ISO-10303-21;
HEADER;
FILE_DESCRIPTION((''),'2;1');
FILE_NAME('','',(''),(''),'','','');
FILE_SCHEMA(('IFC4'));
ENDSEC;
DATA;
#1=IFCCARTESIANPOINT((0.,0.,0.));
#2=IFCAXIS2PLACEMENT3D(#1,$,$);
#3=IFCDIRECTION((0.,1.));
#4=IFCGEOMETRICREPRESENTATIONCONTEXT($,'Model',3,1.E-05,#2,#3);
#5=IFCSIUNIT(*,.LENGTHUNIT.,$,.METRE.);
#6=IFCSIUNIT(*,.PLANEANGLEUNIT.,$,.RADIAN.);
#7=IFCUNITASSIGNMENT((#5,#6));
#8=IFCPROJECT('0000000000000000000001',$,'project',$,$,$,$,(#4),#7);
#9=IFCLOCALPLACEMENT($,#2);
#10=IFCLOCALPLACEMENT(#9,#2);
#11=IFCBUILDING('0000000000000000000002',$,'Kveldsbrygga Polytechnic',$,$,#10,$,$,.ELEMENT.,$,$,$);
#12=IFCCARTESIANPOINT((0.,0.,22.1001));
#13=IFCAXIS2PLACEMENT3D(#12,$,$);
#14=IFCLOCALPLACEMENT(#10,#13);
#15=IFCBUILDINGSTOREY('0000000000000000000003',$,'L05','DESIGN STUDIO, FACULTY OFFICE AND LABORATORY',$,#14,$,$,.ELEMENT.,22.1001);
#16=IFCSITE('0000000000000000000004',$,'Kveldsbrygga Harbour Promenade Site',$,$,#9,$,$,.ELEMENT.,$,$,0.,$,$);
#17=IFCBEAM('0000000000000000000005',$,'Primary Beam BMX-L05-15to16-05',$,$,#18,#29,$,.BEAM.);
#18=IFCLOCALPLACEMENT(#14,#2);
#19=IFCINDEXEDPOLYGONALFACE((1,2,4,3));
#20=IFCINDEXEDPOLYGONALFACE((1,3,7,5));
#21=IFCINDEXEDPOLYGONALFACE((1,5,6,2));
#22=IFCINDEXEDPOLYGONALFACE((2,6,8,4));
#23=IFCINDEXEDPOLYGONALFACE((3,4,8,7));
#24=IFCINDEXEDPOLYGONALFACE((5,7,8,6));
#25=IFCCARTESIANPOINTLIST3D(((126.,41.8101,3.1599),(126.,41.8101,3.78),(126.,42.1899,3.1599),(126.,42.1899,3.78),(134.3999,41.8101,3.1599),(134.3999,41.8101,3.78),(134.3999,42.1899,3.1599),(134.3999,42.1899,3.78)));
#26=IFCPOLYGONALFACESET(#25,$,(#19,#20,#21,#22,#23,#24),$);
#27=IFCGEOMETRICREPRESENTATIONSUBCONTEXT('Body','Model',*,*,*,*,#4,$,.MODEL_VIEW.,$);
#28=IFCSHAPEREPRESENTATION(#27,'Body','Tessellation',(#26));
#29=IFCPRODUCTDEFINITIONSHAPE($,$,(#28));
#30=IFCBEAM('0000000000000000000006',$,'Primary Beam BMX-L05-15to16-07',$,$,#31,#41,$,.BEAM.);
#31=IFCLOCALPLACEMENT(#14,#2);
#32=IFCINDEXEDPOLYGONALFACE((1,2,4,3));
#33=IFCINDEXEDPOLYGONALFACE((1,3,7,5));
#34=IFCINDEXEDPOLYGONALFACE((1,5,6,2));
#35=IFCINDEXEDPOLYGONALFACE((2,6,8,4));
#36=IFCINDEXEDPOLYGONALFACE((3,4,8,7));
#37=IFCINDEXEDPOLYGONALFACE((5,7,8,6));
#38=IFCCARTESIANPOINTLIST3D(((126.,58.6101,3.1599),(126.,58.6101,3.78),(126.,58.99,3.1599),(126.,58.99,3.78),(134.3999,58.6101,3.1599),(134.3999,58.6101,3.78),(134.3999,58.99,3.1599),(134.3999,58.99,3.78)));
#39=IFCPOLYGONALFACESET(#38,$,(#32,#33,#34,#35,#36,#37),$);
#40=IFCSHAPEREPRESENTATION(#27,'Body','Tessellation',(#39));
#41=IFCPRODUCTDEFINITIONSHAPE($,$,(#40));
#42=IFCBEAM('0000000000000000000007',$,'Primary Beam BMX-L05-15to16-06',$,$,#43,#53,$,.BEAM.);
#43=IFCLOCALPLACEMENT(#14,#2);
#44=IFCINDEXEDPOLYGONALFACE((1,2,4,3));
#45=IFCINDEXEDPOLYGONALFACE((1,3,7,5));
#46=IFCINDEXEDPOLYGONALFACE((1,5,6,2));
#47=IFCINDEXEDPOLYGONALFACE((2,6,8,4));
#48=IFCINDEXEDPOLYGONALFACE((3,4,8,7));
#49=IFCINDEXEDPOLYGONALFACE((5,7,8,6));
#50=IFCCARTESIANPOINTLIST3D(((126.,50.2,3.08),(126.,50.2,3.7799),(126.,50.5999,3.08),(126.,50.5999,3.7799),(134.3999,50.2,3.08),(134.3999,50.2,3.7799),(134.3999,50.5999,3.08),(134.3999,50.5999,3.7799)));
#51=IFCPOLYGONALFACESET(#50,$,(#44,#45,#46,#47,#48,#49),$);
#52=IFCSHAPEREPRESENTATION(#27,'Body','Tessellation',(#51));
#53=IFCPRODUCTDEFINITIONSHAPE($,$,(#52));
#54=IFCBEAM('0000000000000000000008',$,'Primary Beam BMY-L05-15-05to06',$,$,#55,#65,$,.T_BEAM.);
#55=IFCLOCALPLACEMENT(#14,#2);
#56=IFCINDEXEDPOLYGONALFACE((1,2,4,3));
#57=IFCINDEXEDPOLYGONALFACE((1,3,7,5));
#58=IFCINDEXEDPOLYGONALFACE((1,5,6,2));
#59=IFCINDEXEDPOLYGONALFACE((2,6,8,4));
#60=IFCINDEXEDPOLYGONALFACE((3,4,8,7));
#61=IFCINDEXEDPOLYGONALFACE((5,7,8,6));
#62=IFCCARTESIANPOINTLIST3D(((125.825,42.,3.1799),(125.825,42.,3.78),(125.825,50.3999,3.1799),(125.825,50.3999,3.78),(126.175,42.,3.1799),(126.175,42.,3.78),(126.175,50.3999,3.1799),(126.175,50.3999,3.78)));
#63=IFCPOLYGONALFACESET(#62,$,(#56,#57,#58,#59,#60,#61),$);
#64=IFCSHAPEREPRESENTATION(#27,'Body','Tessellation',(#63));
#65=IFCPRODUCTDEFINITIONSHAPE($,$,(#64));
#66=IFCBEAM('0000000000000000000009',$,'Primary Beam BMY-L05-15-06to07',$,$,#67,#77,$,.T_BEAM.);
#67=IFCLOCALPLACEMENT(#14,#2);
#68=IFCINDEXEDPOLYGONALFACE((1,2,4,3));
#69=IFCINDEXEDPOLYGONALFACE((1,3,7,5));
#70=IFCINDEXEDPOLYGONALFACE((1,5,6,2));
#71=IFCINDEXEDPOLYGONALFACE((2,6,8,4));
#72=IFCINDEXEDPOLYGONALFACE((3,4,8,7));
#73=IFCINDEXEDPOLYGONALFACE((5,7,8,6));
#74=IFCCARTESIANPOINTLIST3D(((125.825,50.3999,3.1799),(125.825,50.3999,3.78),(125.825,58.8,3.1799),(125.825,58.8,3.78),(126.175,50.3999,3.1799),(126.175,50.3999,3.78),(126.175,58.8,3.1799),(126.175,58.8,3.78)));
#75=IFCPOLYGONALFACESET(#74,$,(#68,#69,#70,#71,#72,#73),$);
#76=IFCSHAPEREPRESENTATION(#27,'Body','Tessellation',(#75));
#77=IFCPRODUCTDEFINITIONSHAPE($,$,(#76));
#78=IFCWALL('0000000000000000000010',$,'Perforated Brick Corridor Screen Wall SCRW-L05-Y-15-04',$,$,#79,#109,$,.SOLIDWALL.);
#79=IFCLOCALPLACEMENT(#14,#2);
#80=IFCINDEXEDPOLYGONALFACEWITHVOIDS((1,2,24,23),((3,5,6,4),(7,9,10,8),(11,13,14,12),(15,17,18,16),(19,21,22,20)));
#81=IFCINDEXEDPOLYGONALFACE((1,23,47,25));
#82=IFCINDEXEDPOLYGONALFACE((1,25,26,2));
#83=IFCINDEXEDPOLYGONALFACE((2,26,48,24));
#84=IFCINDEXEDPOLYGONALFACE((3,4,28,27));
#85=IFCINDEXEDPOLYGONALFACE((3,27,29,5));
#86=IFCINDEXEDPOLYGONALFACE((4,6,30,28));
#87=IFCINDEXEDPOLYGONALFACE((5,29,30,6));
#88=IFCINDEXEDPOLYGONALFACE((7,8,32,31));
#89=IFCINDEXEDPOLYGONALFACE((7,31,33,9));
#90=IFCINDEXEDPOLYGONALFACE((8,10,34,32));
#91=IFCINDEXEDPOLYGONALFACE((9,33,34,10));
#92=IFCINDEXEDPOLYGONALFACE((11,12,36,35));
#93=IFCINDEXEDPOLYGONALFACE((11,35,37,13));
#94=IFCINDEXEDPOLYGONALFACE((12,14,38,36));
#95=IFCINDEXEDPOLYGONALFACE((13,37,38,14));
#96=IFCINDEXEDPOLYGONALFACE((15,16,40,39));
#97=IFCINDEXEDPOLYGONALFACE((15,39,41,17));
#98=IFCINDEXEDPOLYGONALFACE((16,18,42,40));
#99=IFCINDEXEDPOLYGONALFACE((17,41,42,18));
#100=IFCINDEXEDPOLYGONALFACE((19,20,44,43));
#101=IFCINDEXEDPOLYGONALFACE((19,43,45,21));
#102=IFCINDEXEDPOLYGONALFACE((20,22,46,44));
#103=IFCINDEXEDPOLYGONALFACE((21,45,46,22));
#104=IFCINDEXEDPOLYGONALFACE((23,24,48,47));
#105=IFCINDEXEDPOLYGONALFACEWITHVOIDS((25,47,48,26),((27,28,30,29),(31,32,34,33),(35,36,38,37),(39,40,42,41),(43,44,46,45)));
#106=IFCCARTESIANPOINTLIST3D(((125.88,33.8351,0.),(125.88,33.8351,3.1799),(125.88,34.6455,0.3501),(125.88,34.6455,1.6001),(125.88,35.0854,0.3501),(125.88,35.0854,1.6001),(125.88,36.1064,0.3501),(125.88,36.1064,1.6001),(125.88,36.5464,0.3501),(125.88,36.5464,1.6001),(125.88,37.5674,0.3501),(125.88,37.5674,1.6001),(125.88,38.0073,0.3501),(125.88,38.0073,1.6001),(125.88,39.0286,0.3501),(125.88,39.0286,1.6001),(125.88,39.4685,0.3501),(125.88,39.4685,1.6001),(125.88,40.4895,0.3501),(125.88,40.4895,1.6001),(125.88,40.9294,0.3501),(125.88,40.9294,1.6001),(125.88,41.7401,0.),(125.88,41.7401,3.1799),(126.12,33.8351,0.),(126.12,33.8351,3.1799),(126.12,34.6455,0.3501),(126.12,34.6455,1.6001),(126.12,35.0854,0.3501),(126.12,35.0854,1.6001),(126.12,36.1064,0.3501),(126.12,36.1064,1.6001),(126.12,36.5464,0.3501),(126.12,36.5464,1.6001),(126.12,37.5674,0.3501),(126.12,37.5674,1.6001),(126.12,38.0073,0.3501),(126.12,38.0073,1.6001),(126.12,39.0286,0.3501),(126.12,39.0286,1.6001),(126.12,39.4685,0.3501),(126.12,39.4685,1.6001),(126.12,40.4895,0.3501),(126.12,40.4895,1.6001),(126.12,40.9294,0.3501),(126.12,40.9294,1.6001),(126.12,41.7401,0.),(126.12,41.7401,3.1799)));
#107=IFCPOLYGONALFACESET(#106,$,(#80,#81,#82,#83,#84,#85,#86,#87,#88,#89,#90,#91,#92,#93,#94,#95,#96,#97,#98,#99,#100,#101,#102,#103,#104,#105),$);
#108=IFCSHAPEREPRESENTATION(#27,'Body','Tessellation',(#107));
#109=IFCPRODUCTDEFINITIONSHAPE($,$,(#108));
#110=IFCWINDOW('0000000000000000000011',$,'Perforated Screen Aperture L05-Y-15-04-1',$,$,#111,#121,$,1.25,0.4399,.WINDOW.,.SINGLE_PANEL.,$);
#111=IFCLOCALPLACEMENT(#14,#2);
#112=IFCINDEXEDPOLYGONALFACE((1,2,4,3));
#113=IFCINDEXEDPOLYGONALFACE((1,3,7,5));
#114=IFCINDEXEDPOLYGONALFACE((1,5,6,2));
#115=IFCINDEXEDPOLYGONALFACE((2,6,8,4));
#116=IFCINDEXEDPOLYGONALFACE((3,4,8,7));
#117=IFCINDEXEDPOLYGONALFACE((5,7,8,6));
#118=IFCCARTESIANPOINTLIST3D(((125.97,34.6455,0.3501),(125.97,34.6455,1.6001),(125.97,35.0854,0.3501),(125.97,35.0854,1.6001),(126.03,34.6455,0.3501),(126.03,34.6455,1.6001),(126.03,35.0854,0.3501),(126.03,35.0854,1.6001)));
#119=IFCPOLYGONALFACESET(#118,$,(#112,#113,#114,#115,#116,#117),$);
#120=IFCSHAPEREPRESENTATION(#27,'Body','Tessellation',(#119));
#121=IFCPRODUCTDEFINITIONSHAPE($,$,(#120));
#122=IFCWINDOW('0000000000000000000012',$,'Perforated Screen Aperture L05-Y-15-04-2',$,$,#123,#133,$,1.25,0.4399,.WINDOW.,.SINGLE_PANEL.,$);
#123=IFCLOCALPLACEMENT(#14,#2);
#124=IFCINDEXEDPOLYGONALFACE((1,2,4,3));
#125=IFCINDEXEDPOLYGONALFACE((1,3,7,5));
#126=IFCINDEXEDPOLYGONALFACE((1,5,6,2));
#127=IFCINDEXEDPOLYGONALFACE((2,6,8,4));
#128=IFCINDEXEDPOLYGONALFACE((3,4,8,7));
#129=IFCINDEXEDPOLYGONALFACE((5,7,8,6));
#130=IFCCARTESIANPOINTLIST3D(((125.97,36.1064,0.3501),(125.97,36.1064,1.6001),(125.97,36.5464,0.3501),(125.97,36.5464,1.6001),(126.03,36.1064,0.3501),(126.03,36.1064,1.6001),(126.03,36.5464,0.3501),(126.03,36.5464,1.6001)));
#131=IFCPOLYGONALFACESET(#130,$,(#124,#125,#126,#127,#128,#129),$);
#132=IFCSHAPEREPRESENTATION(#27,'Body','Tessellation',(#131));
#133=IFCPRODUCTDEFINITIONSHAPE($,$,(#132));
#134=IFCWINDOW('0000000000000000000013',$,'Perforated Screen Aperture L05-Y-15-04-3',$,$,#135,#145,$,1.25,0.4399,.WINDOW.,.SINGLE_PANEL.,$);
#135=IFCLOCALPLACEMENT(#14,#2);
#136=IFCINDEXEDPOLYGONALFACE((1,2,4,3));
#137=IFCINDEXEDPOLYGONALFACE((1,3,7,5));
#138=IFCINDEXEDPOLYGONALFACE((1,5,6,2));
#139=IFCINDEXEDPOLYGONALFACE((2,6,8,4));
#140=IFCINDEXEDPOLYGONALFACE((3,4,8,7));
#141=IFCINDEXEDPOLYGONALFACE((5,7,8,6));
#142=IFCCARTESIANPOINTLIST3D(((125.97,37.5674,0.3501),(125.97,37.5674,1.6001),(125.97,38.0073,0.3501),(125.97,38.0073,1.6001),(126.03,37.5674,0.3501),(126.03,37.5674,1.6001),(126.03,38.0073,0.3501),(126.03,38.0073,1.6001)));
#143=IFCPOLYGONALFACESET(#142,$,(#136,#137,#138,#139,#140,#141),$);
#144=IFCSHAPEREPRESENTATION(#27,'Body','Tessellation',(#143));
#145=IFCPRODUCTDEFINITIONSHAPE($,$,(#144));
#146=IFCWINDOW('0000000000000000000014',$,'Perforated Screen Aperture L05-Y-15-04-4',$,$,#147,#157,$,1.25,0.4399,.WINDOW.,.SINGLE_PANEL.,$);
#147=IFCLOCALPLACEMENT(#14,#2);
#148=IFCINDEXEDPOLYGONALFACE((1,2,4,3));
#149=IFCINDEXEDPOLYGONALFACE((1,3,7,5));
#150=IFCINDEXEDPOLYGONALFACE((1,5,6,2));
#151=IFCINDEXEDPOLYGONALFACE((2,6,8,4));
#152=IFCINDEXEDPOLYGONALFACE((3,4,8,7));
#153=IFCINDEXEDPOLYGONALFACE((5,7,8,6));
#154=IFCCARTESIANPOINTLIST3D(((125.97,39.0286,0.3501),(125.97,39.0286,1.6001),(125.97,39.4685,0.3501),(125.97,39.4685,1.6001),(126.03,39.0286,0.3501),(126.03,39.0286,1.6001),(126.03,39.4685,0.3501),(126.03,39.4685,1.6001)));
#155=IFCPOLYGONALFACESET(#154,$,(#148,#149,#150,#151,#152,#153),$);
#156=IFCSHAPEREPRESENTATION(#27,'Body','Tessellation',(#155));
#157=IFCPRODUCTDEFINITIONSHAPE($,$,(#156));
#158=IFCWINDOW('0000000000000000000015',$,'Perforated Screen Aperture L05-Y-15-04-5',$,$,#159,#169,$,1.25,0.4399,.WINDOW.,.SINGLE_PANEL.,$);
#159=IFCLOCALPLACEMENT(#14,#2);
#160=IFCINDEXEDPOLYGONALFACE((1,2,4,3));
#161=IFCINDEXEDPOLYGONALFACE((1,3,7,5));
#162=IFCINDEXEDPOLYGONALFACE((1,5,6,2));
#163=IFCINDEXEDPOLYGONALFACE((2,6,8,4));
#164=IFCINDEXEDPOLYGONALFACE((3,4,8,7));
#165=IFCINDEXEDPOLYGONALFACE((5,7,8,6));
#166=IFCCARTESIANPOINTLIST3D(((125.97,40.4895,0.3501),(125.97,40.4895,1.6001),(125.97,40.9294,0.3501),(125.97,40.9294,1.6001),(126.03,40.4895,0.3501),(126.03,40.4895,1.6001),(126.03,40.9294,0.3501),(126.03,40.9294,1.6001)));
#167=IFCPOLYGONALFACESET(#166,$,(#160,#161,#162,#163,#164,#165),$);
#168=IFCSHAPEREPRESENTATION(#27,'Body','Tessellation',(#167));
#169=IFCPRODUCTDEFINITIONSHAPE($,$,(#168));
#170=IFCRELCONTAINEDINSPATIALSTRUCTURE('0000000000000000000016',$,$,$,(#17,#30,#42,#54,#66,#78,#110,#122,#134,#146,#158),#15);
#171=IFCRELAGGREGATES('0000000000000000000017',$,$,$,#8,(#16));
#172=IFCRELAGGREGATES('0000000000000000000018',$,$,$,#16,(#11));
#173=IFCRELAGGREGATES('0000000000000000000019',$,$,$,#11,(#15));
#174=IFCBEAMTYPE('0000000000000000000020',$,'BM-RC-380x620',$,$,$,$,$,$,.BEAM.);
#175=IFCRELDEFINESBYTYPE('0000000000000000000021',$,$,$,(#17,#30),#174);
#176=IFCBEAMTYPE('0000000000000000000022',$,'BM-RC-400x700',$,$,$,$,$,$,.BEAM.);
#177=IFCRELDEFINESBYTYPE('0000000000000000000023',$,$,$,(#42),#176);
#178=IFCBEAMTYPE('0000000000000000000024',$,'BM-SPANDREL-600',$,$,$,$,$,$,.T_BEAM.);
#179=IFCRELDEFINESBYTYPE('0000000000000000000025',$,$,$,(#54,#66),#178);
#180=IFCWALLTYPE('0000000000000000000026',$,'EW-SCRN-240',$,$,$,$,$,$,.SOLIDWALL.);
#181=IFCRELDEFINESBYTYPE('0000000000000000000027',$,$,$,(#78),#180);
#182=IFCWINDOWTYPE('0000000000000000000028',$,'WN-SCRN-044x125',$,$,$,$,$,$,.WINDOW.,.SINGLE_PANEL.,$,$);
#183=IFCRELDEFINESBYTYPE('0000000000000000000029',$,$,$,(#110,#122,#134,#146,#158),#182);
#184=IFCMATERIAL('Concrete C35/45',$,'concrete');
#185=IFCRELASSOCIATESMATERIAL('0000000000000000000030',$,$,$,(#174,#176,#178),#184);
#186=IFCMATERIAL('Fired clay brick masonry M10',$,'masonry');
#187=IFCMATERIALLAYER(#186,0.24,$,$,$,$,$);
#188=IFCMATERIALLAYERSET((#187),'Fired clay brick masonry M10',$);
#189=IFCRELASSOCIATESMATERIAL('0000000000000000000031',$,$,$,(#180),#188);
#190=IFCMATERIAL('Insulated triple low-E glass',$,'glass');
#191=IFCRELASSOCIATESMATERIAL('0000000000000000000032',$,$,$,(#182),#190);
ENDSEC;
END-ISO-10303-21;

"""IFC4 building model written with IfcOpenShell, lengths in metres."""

from ifc_helpers import new_model, si_unit, direction, frame, frame_2d, origin, origin_2d, place, context, subcontext, project, spatial, rectangle, extrude, material, layer, layer_set, material_profile, profile_set, type_object, element, fill, save


model = new_model("IFC4")

# Units and contexts
model_context = context("Model", 3, precision=1e-05, world=origin(), true_north=direction((0.0, 1.0)))
body_context = subcontext(model_context, "Body", "Model", "MODEL_VIEW")
ifc_project = project(units=[si_unit("LENGTHUNIT", "METRE"), si_unit("PLANEANGLEUNIT", "RADIAN")], contexts=[model_context])

# Site, building, storey
site_placement = place(None, origin())
site = spatial("IfcSite", under=ifc_project, at=site_placement, Name="Kveldsbrygga Harbour Promenade Site", CompositionType="ELEMENT", RefElevation=0.0)
building_placement = place(site_placement, origin())
building = spatial("IfcBuilding", under=site, at=building_placement, Name="Kveldsbrygga Polytechnic", CompositionType="ELEMENT")
storey_placement = place(building_placement, frame((0.0, 0.0, 22.1001)))
storey = spatial("IfcBuildingStorey", under=building, at=storey_placement, Name="L05", Description="DESIGN STUDIO, FACULTY OFFICE AND LABORATORY", CompositionType="ELEMENT", Elevation=22.1001)

# Beams
ifc_material_1 = material(Name="Concrete C35/45", Category="concrete")
ifc_material_profile_1 = material_profile(ifc_material_1, rectangle(XDim=0.3799, YDim=0.6201, at=origin_2d()), Name="RC 380x620")
ifc_profile_set_1 = profile_set([ifc_material_profile_1], Name="Concrete C35/45")
beam_type_1 = type_object("IfcBeamType", Name="BM-RC-380x620", PredefinedType="BEAM", material=ifc_profile_set_1)
for number, where, z_axis, x_axis, name in (
    (1, (126.0, 42.0, 3.47), (1.0, 0.0, 0.0), (0.0, 1.0, 0.0), "Primary Beam BMX-L05-15to16-05"),
    (2, (126.0, 58.8, 3.47), (1.0, 0.0, 0.0), (0.0, 1.0, 0.0), "Primary Beam BMX-L05-15to16-07"),
):
    element("IfcBeam", number, at=place(storey_placement, frame(where, z_axis=z_axis, x_axis=x_axis)), inside=storey, type_object=beam_type_1, Name=name, PredefinedType="BEAM", context=body_context, shape_type="SweptSolid", body=[
        extrude(rectangle(XDim=0.3799, YDim=0.6201, at=origin_2d()), origin(), (0.0, 0.0, 1.0), 8.3999),
    ])
ifc_material_profile_2 = material_profile(ifc_material_1, rectangle(XDim=0.3999, YDim=0.7, at=origin_2d()), Name="RC 400x700")
ifc_profile_set_2 = profile_set([ifc_material_profile_2], Name="Concrete C35/45")
beam_type_2 = type_object("IfcBeamType", Name="BM-RC-400x700", PredefinedType="BEAM", material=ifc_profile_set_2)
beam_1_placement = place(storey_placement, frame((126.0, 50.3999, 3.4299), z_axis=(1.0, 0.0, 0.0), x_axis=(0.0, 1.0, 0.0)))
element("IfcBeam", 3, at=beam_1_placement, inside=storey, type_object=beam_type_2, Name="Primary Beam BMX-L05-15to16-06", PredefinedType="BEAM", context=body_context, shape_type="SweptSolid", body=[
    extrude(rectangle(XDim=0.3999, YDim=0.7, at=origin_2d()), origin(), (0.0, 0.0, 1.0), 8.3999),
])
ifc_material_profile_3 = material_profile(ifc_material_1, rectangle(XDim=0.3501, YDim=0.6001, at=origin_2d()), Name="RC 350x600")
ifc_profile_set_3 = profile_set([ifc_material_profile_3], Name="Concrete C35/45")
beam_type_3 = type_object("IfcBeamType", Name="BM-SPANDREL-600", PredefinedType="T_BEAM", material=ifc_profile_set_3)
beam_2_placement = place(storey_placement, frame((126.0, 42.0, 3.48), z_axis=(0.0, 1.0, 0.0), x_axis=(-1.0, 0.0, 0.0)))
element("IfcBeam", 4, at=beam_2_placement, inside=storey, type_object=beam_type_3, Name="Primary Beam BMY-L05-15-05to06", PredefinedType="T_BEAM", context=body_context, shape_type="SweptSolid", body=[
    extrude(rectangle(XDim=0.3501, YDim=0.6001, at=origin_2d()), origin(), (0.0, 0.0, 1.0), 8.3999),
])
beam_3_placement = place(storey_placement, frame((126.0, 50.3999, 3.48), z_axis=(0.0, 1.0, 0.0), x_axis=(-1.0, 0.0, 0.0)))
element("IfcBeam", 5, at=beam_3_placement, inside=storey, type_object=beam_type_3, Name="Primary Beam BMY-L05-15-06to07", PredefinedType="T_BEAM", context=body_context, shape_type="SweptSolid", body=[
    extrude(rectangle(XDim=0.3501, YDim=0.6001, at=origin_2d()), origin(), (0.0, 0.0, 1.0), 8.4001),
])

# Wall, openings, windows
ifc_material_2 = material(Name="Fired clay brick masonry M10", Category="masonry")
ifc_layer = layer(ifc_material_2, 0.24)
ifc_layer_set = layer_set([ifc_layer], Name="Fired clay brick masonry M10")
wall_type = type_object("IfcWallType", Name="EW-SCRN-240", PredefinedType="SOLIDWALL", material=ifc_layer_set)
wall_1_placement = place(storey_placement, frame((126.0, 33.835, 0.0), z_axis=(0.0, 0.0, 1.0), x_axis=(0.0, 1.0, 0.0)))
wall_1 = element("IfcWall", 6, at=wall_1_placement, inside=storey, type_object=wall_type, Name="Perforated Brick Corridor Screen Wall SCRW-L05-Y-15-04", PredefinedType="SOLIDWALL", context=body_context, shape_type="SweptSolid", body=[
    extrude(rectangle(XDim=7.905, YDim=0.24, at=frame_2d((3.9526, 0.0))), origin(), (0.0, 0.0, 1.0), 3.1799),
])
opening_1_placement = place(wall_1_placement, frame((0.8105, 0.0, 0.3501)))
opening_1 = element("IfcOpeningElement", 7, at=opening_1_placement, cuts=wall_1, PredefinedType="OPENING", context=body_context, shape_type="SweptSolid", body=[
    extrude(rectangle(XDim=0.4399, YDim=1.25, at=frame_2d((0.22, 0.625))), frame((0.0, 0.1299, 0.0), z_axis=(0.0, -1.0, 0.0), x_axis=(1.0, 0.0, 0.0)), (0.0, 0.0, 1.0), 0.26),
])
opening_2_placement = place(wall_1_placement, frame((2.2715, 0.0, 0.3501)))
opening_2 = element("IfcOpeningElement", 8, at=opening_2_placement, cuts=wall_1, PredefinedType="OPENING", context=body_context, shape_type="SweptSolid", body=[
    extrude(rectangle(XDim=0.4399, YDim=1.25, at=frame_2d((0.22, 0.625))), frame((0.0, 0.1299, 0.0), z_axis=(0.0, -1.0, 0.0), x_axis=(1.0, 0.0, 0.0)), (0.0, 0.0, 1.0), 0.26),
])
opening_3_placement = place(wall_1_placement, frame((3.7324, 0.0, 0.3501)))
opening_3 = element("IfcOpeningElement", 9, at=opening_3_placement, cuts=wall_1, PredefinedType="OPENING", context=body_context, shape_type="SweptSolid", body=[
    extrude(rectangle(XDim=0.4399, YDim=1.25, at=frame_2d((0.22, 0.625))), frame((0.0, 0.1299, 0.0), z_axis=(0.0, -1.0, 0.0), x_axis=(1.0, 0.0, 0.0)), (0.0, 0.0, 1.0), 0.26),
])
opening_4_placement = place(wall_1_placement, frame((5.1936, 0.0, 0.3501)))
opening_4 = element("IfcOpeningElement", 10, at=opening_4_placement, cuts=wall_1, PredefinedType="OPENING", context=body_context, shape_type="SweptSolid", body=[
    extrude(rectangle(XDim=0.4399, YDim=1.25, at=frame_2d((0.22, 0.625))), frame((0.0, 0.1299, 0.0), z_axis=(0.0, -1.0, 0.0), x_axis=(1.0, 0.0, 0.0)), (0.0, 0.0, 1.0), 0.26),
])
opening_5_placement = place(wall_1_placement, frame((6.6545, 0.0, 0.3501)))
opening_5 = element("IfcOpeningElement", 11, at=opening_5_placement, cuts=wall_1, PredefinedType="OPENING", context=body_context, shape_type="SweptSolid", body=[
    extrude(rectangle(XDim=0.4399, YDim=1.25, at=frame_2d((0.22, 0.625))), frame((0.0, 0.1299, 0.0), z_axis=(0.0, -1.0, 0.0), x_axis=(1.0, 0.0, 0.0)), (0.0, 0.0, 1.0), 0.26),
])
ifc_material_3 = material(Name="Insulated triple low-E glass", Category="glass")
window_type = type_object("IfcWindowType", Name="WN-SCRN-044x125", PartitioningType="SINGLE_PANEL", PredefinedType="WINDOW", material=ifc_material_3)
window_1_placement = place(opening_1_placement, origin())
window_1 = element("IfcWindow", 12, at=window_1_placement, inside=storey, type_object=window_type, Name="Perforated Screen Aperture L05-Y-15-04-1", OverallHeight=1.25, OverallWidth=0.4399, PartitioningType="SINGLE_PANEL", PredefinedType="WINDOW", context=body_context, shape_type="SweptSolid", body=[
    extrude(rectangle(XDim=0.4399, YDim=1.25, at=frame_2d((0.22, 0.625))), frame((0.0, 0.03, 0.0), z_axis=(0.0, -1.0, 0.0), x_axis=(1.0, 0.0, 0.0)), (0.0, 0.0, 1.0), 0.0601),
])
fill(opening_1, window_1)
window_2_placement = place(opening_2_placement, origin())
window_2 = element("IfcWindow", 13, at=window_2_placement, inside=storey, type_object=window_type, Name="Perforated Screen Aperture L05-Y-15-04-2", OverallHeight=1.25, OverallWidth=0.4399, PartitioningType="SINGLE_PANEL", PredefinedType="WINDOW", context=body_context, shape_type="SweptSolid", body=[
    extrude(rectangle(XDim=0.4399, YDim=1.25, at=frame_2d((0.22, 0.625))), frame((0.0, 0.03, 0.0), z_axis=(0.0, -1.0, 0.0), x_axis=(1.0, 0.0, 0.0)), (0.0, 0.0, 1.0), 0.0601),
])
fill(opening_2, window_2)
window_3_placement = place(opening_3_placement, origin())
window_3 = element("IfcWindow", 14, at=window_3_placement, inside=storey, type_object=window_type, Name="Perforated Screen Aperture L05-Y-15-04-3", OverallHeight=1.25, OverallWidth=0.4399, PartitioningType="SINGLE_PANEL", PredefinedType="WINDOW", context=body_context, shape_type="SweptSolid", body=[
    extrude(rectangle(XDim=0.4399, YDim=1.25, at=frame_2d((0.22, 0.625))), frame((0.0, 0.03, 0.0), z_axis=(0.0, -1.0, 0.0), x_axis=(1.0, 0.0, 0.0)), (0.0, 0.0, 1.0), 0.0601),
])
fill(opening_3, window_3)
window_4_placement = place(opening_4_placement, origin())
window_4 = element("IfcWindow", 15, at=window_4_placement, inside=storey, type_object=window_type, Name="Perforated Screen Aperture L05-Y-15-04-4", OverallHeight=1.25, OverallWidth=0.4399, PartitioningType="SINGLE_PANEL", PredefinedType="WINDOW", context=body_context, shape_type="SweptSolid", body=[
    extrude(rectangle(XDim=0.4399, YDim=1.25, at=frame_2d((0.22, 0.625))), frame((0.0, 0.03, 0.0), z_axis=(0.0, -1.0, 0.0), x_axis=(1.0, 0.0, 0.0)), (0.0, 0.0, 1.0), 0.0601),
])
fill(opening_4, window_4)
window_5_placement = place(opening_5_placement, origin())
window_5 = element("IfcWindow", 16, at=window_5_placement, inside=storey, type_object=window_type, Name="Perforated Screen Aperture L05-Y-15-04-5", OverallHeight=1.25, OverallWidth=0.4399, PartitioningType="SINGLE_PANEL", PredefinedType="WINDOW", context=body_context, shape_type="SweptSolid", body=[
    extrude(rectangle(XDim=0.4399, YDim=1.25, at=frame_2d((0.22, 0.625))), frame((0.0, 0.03, 0.0), z_axis=(0.0, -1.0, 0.0), x_axis=(1.0, 0.0, 0.0)), (0.0, 0.0, 1.0), 0.0601),
])
fill(opening_5, window_5)

save(model, "model.ifc")
